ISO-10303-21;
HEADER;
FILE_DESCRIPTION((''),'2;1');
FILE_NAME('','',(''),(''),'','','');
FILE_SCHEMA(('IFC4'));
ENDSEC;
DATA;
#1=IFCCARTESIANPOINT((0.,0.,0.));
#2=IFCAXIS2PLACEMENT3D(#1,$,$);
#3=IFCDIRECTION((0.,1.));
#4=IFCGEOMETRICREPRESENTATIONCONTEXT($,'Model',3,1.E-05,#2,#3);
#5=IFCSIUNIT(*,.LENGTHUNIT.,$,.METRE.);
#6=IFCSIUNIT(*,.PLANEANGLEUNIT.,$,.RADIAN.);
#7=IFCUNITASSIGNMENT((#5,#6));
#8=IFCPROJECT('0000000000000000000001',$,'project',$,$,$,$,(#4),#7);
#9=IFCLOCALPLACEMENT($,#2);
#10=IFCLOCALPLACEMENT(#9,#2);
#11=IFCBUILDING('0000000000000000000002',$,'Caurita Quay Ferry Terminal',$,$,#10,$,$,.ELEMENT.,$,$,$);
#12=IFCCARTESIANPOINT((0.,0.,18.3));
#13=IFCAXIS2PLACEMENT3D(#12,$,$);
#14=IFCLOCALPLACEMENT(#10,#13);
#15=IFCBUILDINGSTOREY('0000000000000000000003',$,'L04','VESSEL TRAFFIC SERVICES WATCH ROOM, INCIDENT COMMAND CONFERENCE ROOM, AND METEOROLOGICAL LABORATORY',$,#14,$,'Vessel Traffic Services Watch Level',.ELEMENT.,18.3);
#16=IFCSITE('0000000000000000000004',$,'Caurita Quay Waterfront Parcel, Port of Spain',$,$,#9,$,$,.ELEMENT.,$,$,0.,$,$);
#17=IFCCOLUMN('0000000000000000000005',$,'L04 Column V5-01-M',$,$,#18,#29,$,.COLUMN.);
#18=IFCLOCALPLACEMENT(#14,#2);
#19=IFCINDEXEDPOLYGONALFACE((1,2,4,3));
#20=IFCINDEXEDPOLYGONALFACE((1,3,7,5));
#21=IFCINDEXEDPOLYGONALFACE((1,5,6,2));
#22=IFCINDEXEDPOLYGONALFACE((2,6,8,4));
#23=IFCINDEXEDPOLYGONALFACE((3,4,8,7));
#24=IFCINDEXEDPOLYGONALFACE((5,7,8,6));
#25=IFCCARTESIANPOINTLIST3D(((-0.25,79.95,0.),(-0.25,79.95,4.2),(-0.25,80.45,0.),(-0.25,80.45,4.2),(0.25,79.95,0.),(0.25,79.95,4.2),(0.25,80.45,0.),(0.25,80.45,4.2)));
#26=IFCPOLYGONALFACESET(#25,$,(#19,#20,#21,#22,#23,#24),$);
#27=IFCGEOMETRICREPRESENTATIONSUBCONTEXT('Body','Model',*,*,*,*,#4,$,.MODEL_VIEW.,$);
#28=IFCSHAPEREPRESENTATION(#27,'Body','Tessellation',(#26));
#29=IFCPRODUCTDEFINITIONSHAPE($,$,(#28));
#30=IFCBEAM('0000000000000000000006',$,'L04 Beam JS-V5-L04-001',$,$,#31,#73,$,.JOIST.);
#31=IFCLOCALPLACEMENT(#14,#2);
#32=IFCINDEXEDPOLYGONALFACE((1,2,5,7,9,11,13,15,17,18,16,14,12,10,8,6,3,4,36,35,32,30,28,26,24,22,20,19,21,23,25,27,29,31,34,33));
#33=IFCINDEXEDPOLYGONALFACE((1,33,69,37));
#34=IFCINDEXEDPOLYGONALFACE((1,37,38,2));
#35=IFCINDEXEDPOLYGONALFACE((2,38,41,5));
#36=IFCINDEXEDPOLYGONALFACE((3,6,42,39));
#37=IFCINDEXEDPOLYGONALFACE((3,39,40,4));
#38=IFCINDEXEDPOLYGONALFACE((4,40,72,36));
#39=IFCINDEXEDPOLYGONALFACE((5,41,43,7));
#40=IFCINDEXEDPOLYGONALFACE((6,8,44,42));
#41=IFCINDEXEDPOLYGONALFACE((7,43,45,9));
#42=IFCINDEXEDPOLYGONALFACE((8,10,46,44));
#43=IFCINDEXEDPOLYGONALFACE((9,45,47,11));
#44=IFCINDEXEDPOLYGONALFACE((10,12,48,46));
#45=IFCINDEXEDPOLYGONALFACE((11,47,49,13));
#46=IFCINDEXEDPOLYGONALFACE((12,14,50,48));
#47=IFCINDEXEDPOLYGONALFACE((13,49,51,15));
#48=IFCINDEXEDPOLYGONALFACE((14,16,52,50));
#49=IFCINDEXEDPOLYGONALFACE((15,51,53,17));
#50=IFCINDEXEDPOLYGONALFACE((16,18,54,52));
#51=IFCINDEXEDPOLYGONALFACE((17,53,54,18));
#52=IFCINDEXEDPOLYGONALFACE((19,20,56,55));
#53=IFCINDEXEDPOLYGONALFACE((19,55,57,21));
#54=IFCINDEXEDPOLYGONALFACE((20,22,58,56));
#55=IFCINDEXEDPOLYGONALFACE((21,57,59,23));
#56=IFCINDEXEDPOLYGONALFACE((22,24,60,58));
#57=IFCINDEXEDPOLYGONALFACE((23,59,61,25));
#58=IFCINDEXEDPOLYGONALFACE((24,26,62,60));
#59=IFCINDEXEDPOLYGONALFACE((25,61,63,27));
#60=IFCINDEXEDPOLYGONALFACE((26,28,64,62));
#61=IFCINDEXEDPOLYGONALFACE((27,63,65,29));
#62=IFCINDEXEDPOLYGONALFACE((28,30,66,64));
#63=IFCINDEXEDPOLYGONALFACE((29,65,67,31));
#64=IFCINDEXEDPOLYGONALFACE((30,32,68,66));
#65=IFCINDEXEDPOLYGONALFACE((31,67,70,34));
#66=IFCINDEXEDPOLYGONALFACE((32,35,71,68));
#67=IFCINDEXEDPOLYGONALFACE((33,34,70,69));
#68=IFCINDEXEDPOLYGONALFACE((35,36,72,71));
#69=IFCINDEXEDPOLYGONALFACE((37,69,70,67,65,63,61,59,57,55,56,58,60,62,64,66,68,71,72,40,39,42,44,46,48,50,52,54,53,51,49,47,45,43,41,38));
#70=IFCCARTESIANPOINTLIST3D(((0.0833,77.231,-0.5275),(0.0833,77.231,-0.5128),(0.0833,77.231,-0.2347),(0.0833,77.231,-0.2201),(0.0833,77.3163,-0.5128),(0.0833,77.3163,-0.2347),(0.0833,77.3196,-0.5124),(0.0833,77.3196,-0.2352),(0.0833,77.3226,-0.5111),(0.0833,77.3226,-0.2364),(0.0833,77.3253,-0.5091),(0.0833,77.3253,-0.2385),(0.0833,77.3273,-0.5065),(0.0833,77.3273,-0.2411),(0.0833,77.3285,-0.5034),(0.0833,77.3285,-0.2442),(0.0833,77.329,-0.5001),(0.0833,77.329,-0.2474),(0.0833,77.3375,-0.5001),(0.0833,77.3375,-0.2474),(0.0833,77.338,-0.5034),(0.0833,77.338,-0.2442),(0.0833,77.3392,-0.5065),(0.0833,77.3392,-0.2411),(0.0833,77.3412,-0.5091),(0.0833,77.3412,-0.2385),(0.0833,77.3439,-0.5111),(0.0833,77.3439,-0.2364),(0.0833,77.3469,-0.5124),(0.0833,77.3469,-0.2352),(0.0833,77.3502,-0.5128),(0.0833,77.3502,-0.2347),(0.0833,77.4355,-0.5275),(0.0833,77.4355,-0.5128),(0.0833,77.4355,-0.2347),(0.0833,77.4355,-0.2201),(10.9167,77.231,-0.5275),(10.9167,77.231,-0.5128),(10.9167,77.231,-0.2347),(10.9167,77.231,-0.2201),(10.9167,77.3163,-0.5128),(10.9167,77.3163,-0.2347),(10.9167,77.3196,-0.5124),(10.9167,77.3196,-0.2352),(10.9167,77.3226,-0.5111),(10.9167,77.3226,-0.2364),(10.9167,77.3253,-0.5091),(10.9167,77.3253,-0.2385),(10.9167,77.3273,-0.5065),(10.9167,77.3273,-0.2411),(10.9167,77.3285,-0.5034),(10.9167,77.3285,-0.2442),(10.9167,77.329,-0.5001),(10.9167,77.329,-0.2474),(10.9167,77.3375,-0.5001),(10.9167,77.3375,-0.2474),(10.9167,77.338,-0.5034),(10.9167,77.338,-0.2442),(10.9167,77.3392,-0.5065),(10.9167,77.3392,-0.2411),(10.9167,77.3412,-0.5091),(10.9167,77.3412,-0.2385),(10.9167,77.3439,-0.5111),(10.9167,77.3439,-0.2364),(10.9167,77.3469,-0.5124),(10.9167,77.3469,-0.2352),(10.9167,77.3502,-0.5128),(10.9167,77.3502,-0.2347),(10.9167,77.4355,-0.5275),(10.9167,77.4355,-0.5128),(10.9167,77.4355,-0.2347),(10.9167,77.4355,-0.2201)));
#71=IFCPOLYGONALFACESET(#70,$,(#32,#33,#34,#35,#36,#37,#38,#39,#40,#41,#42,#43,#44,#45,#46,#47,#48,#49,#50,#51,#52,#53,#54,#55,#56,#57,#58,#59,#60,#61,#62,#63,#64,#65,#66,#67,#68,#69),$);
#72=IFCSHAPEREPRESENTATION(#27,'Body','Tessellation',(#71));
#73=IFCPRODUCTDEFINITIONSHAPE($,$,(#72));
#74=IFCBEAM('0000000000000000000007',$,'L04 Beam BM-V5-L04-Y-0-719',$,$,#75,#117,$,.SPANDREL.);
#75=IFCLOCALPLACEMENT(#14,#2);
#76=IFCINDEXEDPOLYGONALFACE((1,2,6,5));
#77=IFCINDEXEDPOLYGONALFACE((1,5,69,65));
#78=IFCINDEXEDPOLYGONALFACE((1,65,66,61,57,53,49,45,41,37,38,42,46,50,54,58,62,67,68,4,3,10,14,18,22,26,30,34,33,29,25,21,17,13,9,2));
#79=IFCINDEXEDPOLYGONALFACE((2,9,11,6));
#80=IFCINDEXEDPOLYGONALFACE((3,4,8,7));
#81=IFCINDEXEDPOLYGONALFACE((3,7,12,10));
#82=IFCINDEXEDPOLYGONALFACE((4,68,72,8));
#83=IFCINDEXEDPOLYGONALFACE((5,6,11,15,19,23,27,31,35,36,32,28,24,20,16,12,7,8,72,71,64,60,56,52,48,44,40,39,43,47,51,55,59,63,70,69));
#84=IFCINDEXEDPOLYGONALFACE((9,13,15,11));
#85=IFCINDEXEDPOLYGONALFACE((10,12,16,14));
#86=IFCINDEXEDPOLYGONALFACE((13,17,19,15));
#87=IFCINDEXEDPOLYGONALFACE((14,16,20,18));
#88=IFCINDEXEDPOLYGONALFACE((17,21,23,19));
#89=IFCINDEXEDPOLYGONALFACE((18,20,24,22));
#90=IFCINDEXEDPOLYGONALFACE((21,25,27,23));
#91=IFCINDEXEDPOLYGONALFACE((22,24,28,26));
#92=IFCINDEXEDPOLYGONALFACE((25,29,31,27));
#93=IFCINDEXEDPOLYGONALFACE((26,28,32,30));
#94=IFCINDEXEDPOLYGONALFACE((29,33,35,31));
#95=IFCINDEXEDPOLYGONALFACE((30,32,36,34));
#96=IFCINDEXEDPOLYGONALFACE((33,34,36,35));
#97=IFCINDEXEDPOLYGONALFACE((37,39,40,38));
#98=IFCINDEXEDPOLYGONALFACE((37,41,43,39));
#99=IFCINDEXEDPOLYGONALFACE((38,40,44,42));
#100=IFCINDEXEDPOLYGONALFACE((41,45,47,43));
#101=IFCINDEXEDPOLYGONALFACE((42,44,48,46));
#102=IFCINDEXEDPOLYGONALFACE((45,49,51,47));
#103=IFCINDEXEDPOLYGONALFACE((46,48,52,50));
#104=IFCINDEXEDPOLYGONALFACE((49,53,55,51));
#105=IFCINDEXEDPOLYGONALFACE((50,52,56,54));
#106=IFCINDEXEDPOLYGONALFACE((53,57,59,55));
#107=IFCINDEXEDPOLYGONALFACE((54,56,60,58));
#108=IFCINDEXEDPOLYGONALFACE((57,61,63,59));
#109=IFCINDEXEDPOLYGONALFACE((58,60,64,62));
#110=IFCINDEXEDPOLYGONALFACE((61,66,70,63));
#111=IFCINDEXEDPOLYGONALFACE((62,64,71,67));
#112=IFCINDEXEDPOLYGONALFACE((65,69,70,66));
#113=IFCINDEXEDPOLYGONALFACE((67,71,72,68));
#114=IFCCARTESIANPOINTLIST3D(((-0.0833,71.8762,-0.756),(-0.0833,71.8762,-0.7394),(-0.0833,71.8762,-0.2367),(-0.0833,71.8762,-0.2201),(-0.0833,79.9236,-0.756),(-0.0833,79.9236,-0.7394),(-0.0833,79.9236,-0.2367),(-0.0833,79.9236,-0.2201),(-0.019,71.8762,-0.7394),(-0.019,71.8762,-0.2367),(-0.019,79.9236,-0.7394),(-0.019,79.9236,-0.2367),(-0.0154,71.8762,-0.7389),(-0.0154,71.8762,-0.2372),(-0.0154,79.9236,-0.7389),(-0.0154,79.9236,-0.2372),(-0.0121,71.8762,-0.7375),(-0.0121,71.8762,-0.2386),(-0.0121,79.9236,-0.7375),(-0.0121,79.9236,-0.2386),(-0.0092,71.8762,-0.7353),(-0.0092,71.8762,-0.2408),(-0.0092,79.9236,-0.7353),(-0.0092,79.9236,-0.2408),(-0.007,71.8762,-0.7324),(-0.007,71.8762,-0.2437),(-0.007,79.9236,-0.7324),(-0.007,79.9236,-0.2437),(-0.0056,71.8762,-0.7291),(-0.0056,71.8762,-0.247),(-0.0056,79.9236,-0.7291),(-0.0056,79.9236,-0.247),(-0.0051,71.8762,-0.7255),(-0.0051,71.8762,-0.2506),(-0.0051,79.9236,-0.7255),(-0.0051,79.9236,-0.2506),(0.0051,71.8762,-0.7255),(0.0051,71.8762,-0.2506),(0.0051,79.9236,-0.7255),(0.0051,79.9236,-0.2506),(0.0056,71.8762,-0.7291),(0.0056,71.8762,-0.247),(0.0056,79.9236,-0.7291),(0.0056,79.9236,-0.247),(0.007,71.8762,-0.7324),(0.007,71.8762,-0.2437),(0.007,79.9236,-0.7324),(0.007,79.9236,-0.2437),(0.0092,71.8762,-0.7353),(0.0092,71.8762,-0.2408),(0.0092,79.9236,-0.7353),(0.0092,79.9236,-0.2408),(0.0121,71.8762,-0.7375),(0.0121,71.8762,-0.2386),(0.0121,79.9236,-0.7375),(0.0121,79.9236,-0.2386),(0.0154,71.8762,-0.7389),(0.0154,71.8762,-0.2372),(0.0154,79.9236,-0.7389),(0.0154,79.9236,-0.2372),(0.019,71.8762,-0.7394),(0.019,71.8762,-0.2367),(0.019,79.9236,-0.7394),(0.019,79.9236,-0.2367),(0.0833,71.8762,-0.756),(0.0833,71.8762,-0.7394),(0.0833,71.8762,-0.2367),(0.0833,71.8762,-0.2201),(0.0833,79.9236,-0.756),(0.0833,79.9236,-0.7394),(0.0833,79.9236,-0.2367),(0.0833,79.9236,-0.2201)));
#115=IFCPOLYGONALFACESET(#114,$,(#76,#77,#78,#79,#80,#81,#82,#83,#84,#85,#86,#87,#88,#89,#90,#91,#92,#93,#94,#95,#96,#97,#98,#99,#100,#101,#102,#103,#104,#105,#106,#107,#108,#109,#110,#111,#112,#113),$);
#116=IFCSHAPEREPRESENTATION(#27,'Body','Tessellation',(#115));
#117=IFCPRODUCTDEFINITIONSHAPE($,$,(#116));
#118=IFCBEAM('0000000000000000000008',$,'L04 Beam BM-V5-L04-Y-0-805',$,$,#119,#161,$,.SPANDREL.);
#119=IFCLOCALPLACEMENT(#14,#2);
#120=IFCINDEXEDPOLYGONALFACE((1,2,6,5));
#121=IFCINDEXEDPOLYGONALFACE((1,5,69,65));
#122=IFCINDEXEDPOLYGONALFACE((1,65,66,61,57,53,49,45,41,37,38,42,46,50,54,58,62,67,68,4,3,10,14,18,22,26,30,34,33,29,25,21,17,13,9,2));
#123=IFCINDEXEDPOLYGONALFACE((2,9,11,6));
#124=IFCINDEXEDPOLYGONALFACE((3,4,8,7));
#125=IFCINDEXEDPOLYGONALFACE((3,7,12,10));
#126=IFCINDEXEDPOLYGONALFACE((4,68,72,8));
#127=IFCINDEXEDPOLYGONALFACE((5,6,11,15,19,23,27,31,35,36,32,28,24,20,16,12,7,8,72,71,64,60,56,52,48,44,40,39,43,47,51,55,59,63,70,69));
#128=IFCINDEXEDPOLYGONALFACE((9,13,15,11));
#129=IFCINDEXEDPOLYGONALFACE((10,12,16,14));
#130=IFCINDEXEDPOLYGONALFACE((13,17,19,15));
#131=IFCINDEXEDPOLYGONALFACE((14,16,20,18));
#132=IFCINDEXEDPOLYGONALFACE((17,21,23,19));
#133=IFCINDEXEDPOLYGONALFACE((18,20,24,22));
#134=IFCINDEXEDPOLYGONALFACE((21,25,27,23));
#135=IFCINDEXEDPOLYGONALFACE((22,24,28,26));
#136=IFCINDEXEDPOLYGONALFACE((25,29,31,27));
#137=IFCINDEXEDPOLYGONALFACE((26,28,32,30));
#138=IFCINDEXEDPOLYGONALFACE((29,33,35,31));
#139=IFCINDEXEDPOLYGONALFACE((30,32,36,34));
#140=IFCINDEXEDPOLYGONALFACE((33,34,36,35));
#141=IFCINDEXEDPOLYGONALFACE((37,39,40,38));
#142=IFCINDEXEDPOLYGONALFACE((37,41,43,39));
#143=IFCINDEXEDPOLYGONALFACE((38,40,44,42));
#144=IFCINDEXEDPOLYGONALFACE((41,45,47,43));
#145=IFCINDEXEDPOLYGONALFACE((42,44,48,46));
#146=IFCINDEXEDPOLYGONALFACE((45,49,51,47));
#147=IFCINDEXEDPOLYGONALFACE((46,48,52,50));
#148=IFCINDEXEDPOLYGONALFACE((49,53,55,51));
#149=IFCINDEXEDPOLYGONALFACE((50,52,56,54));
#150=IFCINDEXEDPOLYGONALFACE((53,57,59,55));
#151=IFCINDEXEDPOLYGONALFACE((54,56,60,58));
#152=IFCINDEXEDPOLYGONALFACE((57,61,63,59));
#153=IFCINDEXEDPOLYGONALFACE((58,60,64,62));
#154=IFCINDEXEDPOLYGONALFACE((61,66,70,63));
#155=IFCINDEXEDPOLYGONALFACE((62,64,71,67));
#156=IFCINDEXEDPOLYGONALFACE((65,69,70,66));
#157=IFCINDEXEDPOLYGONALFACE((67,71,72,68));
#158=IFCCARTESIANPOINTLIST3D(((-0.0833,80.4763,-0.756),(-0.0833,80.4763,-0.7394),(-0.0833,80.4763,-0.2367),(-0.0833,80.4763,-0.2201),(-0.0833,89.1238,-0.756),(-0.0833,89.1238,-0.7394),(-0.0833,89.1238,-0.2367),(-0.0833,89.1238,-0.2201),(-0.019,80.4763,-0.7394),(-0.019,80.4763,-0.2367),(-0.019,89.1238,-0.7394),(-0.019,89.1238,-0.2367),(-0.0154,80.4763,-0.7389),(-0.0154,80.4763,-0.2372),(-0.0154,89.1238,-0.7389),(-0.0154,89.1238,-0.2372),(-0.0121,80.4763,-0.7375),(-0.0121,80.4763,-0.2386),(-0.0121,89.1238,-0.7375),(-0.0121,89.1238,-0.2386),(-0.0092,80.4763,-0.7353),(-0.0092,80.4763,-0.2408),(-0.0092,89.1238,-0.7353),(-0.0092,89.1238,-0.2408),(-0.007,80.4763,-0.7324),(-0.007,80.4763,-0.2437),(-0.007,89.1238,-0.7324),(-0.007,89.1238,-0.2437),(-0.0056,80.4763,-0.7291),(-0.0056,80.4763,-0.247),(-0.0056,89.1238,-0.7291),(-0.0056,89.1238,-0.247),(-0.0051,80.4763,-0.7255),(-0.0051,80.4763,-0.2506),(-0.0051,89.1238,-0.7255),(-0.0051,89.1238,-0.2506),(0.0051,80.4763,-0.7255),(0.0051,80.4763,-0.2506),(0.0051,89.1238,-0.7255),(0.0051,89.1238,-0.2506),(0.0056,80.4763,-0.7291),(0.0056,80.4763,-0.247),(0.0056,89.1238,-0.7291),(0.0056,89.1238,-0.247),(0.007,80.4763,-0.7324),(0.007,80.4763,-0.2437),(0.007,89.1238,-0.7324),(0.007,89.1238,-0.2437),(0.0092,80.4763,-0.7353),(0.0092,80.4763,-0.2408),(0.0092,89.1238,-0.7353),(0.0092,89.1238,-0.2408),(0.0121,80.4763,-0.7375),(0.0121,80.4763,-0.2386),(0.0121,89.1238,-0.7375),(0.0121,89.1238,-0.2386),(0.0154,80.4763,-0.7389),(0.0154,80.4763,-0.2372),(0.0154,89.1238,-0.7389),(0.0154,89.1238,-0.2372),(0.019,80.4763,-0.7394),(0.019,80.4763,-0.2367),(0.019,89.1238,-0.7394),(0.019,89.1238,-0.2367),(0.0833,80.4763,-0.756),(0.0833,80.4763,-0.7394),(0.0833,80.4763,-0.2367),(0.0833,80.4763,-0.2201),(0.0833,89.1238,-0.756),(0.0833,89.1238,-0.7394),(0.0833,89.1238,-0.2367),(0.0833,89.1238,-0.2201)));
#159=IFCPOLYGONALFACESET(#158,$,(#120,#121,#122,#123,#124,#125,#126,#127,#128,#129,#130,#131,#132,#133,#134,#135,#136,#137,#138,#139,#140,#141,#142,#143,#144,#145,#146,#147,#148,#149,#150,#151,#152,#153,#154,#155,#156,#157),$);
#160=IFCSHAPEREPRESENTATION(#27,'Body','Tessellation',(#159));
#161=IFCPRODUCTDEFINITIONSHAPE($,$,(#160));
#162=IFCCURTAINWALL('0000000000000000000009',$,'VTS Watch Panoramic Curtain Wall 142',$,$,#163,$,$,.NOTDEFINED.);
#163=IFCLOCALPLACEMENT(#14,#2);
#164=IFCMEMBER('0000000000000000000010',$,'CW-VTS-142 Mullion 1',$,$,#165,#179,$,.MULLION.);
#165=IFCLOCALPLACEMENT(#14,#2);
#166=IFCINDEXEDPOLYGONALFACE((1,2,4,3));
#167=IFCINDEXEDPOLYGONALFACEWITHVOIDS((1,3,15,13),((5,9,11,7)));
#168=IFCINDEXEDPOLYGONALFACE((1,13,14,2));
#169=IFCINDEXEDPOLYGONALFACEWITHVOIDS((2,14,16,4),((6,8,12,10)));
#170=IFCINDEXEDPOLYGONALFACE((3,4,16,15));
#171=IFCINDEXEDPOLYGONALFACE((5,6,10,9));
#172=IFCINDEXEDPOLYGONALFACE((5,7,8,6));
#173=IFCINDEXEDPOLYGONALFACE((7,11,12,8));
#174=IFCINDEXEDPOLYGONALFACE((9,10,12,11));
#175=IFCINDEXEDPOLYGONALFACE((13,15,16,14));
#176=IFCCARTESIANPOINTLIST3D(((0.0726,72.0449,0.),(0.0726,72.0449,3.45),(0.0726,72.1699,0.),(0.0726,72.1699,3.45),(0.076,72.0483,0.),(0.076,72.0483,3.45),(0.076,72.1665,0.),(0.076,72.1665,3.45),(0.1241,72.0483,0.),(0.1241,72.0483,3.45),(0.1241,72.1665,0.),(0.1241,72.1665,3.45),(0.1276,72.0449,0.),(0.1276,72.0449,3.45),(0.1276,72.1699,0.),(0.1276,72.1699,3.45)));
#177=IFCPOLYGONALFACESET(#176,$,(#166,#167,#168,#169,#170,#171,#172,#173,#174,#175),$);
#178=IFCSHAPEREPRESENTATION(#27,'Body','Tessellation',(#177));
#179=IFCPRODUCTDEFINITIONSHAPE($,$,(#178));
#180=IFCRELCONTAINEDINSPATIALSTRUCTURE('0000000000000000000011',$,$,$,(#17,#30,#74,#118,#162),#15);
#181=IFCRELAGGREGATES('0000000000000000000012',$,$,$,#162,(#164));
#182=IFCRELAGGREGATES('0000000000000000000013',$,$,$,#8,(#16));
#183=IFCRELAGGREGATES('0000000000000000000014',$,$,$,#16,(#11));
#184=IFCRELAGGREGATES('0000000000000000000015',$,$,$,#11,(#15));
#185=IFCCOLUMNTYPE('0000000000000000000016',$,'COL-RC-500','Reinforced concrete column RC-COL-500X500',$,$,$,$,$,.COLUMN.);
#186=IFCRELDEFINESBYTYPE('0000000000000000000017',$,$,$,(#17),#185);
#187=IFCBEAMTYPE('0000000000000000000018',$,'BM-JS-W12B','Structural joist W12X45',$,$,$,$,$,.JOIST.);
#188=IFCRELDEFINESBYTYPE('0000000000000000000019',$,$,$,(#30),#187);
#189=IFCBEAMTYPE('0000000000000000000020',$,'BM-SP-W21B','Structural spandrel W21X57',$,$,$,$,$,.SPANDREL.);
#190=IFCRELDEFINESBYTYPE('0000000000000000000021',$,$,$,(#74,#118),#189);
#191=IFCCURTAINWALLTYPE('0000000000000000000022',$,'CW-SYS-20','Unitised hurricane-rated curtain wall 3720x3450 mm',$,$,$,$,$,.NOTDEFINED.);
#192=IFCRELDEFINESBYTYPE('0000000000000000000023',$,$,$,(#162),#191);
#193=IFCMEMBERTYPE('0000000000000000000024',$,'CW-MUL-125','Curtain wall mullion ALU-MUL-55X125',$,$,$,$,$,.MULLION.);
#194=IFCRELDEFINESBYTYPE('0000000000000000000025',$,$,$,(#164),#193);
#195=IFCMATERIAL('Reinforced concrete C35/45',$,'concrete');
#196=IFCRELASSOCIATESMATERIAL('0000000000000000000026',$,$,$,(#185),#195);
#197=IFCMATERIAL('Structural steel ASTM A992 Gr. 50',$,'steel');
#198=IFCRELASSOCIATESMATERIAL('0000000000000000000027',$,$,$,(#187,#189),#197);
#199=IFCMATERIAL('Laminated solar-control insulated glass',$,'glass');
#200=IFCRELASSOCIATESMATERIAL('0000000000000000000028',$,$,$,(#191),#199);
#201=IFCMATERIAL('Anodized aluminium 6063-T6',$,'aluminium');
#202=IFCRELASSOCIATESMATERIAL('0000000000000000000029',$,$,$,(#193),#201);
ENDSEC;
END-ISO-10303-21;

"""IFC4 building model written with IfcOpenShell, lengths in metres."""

from ifc_helpers import new_model, si_unit, direction, frame, origin, origin_2d, place, context, subcontext, project, spatial, rectangle, hollow_rectangle, i_section, extrude, material, material_profile, profile_set, type_object, element, aggregate, save


model = new_model("IFC4")

# Units and contexts
model_context = context("Model", 3, precision=1e-05, world=origin(), true_north=direction((0.0, 1.0)))
body_context = subcontext(model_context, "Body", "Model", "MODEL_VIEW")
ifc_project = project(units=[si_unit("LENGTHUNIT", "METRE"), si_unit("PLANEANGLEUNIT", "RADIAN")], contexts=[model_context])

# Site, building, storey
site_placement = place(None, origin())
site = spatial("IfcSite", under=ifc_project, at=site_placement, Name="Caurita Quay Waterfront Parcel, Port of Spain", CompositionType="ELEMENT", RefElevation=0.0)
building_placement = place(site_placement, origin())
building = spatial("IfcBuilding", under=site, at=building_placement, Name="Caurita Quay Ferry Terminal", CompositionType="ELEMENT")
storey_placement = place(building_placement, frame((0.0, 0.0, 18.3)))
storey = spatial("IfcBuildingStorey", under=building, at=storey_placement, Name="L04", Description="VESSEL TRAFFIC SERVICES WATCH ROOM, INCIDENT COMMAND CONFERENCE ROOM, AND METEOROLOGICAL LABORATORY", LongName="Vessel Traffic Services Watch Level", CompositionType="ELEMENT", Elevation=18.3)

# Column
ifc_material_1 = material(Name="Reinforced concrete C35/45", Category="concrete")
ifc_material_profile_1 = material_profile(ifc_material_1, rectangle(XDim=0.5, YDim=0.5, at=origin_2d()), Name="RC-COL-500X500")
ifc_profile_set_1 = profile_set([ifc_material_profile_1], Name="Reinforced concrete C35/45")
column_type = type_object("IfcColumnType", Name="COL-RC-500", Description="Reinforced concrete column RC-COL-500X500", PredefinedType="COLUMN", material=ifc_profile_set_1)
column_placement = place(storey_placement, frame((0.0, 80.2, 0.0), z_axis=(0.0, 0.0, 1.0), x_axis=(1.0, 0.0, 0.0)))
element("IfcColumn", 1, at=column_placement, inside=storey, type_object=column_type, Name="L04 Column V5-01-M", PredefinedType="COLUMN", context=body_context, shape_type="SweptSolid", body=[
    extrude(rectangle(XDim=0.5, YDim=0.5, at=origin_2d()), origin(), (0.0, 0.0, 1.0), 4.2),
])

# Beams
ifc_material_2 = material(Name="Structural steel ASTM A992 Gr. 50", Category="steel")
ifc_material_profile_2 = material_profile(ifc_material_2, i_section(OverallWidth=0.2046, OverallDepth=0.3074, WebThickness=0.0085, FlangeThickness=0.0146, FilletRadius=0.0127, at=origin_2d()), Name="W12X45")
ifc_profile_set_2 = profile_set([ifc_material_profile_2], Name="Structural steel ASTM A992 Gr. 50")
beam_type_1 = type_object("IfcBeamType", Name="BM-JS-W12B", Description="Structural joist W12X45", PredefinedType="JOIST", material=ifc_profile_set_2)
beam_1_placement = place(storey_placement, frame((0.0833, 77.3333, -0.3738), z_axis=(1.0, 0.0, 0.0), x_axis=(0.0, 1.0, 0.0)))
element("IfcBeam", 2, at=beam_1_placement, inside=storey, type_object=beam_type_1, Name="L04 Beam JS-V5-L04-001", PredefinedType="JOIST", context=body_context, shape_type="SweptSolid", body=[
    extrude(i_section(OverallWidth=0.2046, OverallDepth=0.3074, WebThickness=0.0085, FlangeThickness=0.0146, FilletRadius=0.0127, at=origin_2d()), origin(), (0.0, 0.0, 1.0), 10.8335),
])
ifc_material_profile_3 = material_profile(ifc_material_2, i_section(OverallWidth=0.1665, OverallDepth=0.5359, WebThickness=0.0103, FlangeThickness=0.0166, FilletRadius=0.0139, at=origin_2d()), Name="W21X57")
ifc_profile_set_3 = profile_set([ifc_material_profile_3], Name="Structural steel ASTM A992 Gr. 50")
beam_type_2 = type_object("IfcBeamType", Name="BM-SP-W21B", Description="Structural spandrel W21X57", PredefinedType="SPANDREL", material=ifc_profile_set_3)
beam_2_placement = place(storey_placement, frame((0.0, 71.8762, -0.488), z_axis=(0.0, 1.0, 0.0), x_axis=(-1.0, 0.0, 0.0)))
element("IfcBeam", 3, at=beam_2_placement, inside=storey, type_object=beam_type_2, Name="L04 Beam BM-V5-L04-Y-0-719", PredefinedType="SPANDREL", context=body_context, shape_type="SweptSolid", body=[
    extrude(i_section(OverallWidth=0.1665, OverallDepth=0.5359, WebThickness=0.0103, FlangeThickness=0.0166, FilletRadius=0.0139, at=origin_2d()), origin(), (0.0, 0.0, 1.0), 8.0474),
])
beam_3_placement = place(storey_placement, frame((0.0, 80.4763, -0.488), z_axis=(0.0, 1.0, 0.0), x_axis=(-1.0, 0.0, 0.0)))
element("IfcBeam", 4, at=beam_3_placement, inside=storey, type_object=beam_type_2, Name="L04 Beam BM-V5-L04-Y-0-805", PredefinedType="SPANDREL", context=body_context, shape_type="SweptSolid", body=[
    extrude(i_section(OverallWidth=0.1665, OverallDepth=0.5359, WebThickness=0.0103, FlangeThickness=0.0166, FilletRadius=0.0139, at=origin_2d()), origin(), (0.0, 0.0, 1.0), 8.6475),
])

# Curtain wall, member
ifc_material_3 = material(Name="Laminated solar-control insulated glass", Category="glass")
curtain_wall_type = type_object("IfcCurtainWallType", Name="CW-SYS-20", Description="Unitised hurricane-rated curtain wall 3720x3450 mm", PredefinedType="NOTDEFINED", material=ifc_material_3)
curtain_wall_1_placement = place(storey_placement, origin())
curtain_wall_1 = element("IfcCurtainWall", 5, at=curtain_wall_1_placement, inside=storey, type_object=curtain_wall_type, Name="VTS Watch Panoramic Curtain Wall 142", PredefinedType="NOTDEFINED")
ifc_material_4 = material(Name="Anodized aluminium 6063-T6", Category="aluminium")
ifc_material_profile_4 = material_profile(ifc_material_4, hollow_rectangle(XDim=0.0549, YDim=0.125, WallThickness=0.0034, at=origin_2d()), Name="ALU-MUL-55X125")
ifc_profile_set_4 = profile_set([ifc_material_profile_4], Name="Anodized aluminium 6063-T6")
member_type_1 = type_object("IfcMemberType", Name="CW-MUL-125", Description="Curtain wall mullion ALU-MUL-55X125", PredefinedType="MULLION", material=ifc_profile_set_4)
member_1_placement = place(storey_placement, frame((0.1001, 72.1074, 0.0), z_axis=(0.0, 0.0, 1.0), x_axis=(-1.0, 0.0, 0.0)))
member_1 = element("IfcMember", 6, at=member_1_placement, type_object=member_type_1, Name="CW-VTS-142 Mullion 1", PredefinedType="MULLION", context=body_context, shape_type="SweptSolid", body=[
    extrude(hollow_rectangle(XDim=0.0549, YDim=0.125, WallThickness=0.0034, at=origin_2d()), origin(), (0.0, 0.0, 1.0), 3.45),
])

aggregate(curtain_wall_1, [member_1])

save(model, "model.ifc")
